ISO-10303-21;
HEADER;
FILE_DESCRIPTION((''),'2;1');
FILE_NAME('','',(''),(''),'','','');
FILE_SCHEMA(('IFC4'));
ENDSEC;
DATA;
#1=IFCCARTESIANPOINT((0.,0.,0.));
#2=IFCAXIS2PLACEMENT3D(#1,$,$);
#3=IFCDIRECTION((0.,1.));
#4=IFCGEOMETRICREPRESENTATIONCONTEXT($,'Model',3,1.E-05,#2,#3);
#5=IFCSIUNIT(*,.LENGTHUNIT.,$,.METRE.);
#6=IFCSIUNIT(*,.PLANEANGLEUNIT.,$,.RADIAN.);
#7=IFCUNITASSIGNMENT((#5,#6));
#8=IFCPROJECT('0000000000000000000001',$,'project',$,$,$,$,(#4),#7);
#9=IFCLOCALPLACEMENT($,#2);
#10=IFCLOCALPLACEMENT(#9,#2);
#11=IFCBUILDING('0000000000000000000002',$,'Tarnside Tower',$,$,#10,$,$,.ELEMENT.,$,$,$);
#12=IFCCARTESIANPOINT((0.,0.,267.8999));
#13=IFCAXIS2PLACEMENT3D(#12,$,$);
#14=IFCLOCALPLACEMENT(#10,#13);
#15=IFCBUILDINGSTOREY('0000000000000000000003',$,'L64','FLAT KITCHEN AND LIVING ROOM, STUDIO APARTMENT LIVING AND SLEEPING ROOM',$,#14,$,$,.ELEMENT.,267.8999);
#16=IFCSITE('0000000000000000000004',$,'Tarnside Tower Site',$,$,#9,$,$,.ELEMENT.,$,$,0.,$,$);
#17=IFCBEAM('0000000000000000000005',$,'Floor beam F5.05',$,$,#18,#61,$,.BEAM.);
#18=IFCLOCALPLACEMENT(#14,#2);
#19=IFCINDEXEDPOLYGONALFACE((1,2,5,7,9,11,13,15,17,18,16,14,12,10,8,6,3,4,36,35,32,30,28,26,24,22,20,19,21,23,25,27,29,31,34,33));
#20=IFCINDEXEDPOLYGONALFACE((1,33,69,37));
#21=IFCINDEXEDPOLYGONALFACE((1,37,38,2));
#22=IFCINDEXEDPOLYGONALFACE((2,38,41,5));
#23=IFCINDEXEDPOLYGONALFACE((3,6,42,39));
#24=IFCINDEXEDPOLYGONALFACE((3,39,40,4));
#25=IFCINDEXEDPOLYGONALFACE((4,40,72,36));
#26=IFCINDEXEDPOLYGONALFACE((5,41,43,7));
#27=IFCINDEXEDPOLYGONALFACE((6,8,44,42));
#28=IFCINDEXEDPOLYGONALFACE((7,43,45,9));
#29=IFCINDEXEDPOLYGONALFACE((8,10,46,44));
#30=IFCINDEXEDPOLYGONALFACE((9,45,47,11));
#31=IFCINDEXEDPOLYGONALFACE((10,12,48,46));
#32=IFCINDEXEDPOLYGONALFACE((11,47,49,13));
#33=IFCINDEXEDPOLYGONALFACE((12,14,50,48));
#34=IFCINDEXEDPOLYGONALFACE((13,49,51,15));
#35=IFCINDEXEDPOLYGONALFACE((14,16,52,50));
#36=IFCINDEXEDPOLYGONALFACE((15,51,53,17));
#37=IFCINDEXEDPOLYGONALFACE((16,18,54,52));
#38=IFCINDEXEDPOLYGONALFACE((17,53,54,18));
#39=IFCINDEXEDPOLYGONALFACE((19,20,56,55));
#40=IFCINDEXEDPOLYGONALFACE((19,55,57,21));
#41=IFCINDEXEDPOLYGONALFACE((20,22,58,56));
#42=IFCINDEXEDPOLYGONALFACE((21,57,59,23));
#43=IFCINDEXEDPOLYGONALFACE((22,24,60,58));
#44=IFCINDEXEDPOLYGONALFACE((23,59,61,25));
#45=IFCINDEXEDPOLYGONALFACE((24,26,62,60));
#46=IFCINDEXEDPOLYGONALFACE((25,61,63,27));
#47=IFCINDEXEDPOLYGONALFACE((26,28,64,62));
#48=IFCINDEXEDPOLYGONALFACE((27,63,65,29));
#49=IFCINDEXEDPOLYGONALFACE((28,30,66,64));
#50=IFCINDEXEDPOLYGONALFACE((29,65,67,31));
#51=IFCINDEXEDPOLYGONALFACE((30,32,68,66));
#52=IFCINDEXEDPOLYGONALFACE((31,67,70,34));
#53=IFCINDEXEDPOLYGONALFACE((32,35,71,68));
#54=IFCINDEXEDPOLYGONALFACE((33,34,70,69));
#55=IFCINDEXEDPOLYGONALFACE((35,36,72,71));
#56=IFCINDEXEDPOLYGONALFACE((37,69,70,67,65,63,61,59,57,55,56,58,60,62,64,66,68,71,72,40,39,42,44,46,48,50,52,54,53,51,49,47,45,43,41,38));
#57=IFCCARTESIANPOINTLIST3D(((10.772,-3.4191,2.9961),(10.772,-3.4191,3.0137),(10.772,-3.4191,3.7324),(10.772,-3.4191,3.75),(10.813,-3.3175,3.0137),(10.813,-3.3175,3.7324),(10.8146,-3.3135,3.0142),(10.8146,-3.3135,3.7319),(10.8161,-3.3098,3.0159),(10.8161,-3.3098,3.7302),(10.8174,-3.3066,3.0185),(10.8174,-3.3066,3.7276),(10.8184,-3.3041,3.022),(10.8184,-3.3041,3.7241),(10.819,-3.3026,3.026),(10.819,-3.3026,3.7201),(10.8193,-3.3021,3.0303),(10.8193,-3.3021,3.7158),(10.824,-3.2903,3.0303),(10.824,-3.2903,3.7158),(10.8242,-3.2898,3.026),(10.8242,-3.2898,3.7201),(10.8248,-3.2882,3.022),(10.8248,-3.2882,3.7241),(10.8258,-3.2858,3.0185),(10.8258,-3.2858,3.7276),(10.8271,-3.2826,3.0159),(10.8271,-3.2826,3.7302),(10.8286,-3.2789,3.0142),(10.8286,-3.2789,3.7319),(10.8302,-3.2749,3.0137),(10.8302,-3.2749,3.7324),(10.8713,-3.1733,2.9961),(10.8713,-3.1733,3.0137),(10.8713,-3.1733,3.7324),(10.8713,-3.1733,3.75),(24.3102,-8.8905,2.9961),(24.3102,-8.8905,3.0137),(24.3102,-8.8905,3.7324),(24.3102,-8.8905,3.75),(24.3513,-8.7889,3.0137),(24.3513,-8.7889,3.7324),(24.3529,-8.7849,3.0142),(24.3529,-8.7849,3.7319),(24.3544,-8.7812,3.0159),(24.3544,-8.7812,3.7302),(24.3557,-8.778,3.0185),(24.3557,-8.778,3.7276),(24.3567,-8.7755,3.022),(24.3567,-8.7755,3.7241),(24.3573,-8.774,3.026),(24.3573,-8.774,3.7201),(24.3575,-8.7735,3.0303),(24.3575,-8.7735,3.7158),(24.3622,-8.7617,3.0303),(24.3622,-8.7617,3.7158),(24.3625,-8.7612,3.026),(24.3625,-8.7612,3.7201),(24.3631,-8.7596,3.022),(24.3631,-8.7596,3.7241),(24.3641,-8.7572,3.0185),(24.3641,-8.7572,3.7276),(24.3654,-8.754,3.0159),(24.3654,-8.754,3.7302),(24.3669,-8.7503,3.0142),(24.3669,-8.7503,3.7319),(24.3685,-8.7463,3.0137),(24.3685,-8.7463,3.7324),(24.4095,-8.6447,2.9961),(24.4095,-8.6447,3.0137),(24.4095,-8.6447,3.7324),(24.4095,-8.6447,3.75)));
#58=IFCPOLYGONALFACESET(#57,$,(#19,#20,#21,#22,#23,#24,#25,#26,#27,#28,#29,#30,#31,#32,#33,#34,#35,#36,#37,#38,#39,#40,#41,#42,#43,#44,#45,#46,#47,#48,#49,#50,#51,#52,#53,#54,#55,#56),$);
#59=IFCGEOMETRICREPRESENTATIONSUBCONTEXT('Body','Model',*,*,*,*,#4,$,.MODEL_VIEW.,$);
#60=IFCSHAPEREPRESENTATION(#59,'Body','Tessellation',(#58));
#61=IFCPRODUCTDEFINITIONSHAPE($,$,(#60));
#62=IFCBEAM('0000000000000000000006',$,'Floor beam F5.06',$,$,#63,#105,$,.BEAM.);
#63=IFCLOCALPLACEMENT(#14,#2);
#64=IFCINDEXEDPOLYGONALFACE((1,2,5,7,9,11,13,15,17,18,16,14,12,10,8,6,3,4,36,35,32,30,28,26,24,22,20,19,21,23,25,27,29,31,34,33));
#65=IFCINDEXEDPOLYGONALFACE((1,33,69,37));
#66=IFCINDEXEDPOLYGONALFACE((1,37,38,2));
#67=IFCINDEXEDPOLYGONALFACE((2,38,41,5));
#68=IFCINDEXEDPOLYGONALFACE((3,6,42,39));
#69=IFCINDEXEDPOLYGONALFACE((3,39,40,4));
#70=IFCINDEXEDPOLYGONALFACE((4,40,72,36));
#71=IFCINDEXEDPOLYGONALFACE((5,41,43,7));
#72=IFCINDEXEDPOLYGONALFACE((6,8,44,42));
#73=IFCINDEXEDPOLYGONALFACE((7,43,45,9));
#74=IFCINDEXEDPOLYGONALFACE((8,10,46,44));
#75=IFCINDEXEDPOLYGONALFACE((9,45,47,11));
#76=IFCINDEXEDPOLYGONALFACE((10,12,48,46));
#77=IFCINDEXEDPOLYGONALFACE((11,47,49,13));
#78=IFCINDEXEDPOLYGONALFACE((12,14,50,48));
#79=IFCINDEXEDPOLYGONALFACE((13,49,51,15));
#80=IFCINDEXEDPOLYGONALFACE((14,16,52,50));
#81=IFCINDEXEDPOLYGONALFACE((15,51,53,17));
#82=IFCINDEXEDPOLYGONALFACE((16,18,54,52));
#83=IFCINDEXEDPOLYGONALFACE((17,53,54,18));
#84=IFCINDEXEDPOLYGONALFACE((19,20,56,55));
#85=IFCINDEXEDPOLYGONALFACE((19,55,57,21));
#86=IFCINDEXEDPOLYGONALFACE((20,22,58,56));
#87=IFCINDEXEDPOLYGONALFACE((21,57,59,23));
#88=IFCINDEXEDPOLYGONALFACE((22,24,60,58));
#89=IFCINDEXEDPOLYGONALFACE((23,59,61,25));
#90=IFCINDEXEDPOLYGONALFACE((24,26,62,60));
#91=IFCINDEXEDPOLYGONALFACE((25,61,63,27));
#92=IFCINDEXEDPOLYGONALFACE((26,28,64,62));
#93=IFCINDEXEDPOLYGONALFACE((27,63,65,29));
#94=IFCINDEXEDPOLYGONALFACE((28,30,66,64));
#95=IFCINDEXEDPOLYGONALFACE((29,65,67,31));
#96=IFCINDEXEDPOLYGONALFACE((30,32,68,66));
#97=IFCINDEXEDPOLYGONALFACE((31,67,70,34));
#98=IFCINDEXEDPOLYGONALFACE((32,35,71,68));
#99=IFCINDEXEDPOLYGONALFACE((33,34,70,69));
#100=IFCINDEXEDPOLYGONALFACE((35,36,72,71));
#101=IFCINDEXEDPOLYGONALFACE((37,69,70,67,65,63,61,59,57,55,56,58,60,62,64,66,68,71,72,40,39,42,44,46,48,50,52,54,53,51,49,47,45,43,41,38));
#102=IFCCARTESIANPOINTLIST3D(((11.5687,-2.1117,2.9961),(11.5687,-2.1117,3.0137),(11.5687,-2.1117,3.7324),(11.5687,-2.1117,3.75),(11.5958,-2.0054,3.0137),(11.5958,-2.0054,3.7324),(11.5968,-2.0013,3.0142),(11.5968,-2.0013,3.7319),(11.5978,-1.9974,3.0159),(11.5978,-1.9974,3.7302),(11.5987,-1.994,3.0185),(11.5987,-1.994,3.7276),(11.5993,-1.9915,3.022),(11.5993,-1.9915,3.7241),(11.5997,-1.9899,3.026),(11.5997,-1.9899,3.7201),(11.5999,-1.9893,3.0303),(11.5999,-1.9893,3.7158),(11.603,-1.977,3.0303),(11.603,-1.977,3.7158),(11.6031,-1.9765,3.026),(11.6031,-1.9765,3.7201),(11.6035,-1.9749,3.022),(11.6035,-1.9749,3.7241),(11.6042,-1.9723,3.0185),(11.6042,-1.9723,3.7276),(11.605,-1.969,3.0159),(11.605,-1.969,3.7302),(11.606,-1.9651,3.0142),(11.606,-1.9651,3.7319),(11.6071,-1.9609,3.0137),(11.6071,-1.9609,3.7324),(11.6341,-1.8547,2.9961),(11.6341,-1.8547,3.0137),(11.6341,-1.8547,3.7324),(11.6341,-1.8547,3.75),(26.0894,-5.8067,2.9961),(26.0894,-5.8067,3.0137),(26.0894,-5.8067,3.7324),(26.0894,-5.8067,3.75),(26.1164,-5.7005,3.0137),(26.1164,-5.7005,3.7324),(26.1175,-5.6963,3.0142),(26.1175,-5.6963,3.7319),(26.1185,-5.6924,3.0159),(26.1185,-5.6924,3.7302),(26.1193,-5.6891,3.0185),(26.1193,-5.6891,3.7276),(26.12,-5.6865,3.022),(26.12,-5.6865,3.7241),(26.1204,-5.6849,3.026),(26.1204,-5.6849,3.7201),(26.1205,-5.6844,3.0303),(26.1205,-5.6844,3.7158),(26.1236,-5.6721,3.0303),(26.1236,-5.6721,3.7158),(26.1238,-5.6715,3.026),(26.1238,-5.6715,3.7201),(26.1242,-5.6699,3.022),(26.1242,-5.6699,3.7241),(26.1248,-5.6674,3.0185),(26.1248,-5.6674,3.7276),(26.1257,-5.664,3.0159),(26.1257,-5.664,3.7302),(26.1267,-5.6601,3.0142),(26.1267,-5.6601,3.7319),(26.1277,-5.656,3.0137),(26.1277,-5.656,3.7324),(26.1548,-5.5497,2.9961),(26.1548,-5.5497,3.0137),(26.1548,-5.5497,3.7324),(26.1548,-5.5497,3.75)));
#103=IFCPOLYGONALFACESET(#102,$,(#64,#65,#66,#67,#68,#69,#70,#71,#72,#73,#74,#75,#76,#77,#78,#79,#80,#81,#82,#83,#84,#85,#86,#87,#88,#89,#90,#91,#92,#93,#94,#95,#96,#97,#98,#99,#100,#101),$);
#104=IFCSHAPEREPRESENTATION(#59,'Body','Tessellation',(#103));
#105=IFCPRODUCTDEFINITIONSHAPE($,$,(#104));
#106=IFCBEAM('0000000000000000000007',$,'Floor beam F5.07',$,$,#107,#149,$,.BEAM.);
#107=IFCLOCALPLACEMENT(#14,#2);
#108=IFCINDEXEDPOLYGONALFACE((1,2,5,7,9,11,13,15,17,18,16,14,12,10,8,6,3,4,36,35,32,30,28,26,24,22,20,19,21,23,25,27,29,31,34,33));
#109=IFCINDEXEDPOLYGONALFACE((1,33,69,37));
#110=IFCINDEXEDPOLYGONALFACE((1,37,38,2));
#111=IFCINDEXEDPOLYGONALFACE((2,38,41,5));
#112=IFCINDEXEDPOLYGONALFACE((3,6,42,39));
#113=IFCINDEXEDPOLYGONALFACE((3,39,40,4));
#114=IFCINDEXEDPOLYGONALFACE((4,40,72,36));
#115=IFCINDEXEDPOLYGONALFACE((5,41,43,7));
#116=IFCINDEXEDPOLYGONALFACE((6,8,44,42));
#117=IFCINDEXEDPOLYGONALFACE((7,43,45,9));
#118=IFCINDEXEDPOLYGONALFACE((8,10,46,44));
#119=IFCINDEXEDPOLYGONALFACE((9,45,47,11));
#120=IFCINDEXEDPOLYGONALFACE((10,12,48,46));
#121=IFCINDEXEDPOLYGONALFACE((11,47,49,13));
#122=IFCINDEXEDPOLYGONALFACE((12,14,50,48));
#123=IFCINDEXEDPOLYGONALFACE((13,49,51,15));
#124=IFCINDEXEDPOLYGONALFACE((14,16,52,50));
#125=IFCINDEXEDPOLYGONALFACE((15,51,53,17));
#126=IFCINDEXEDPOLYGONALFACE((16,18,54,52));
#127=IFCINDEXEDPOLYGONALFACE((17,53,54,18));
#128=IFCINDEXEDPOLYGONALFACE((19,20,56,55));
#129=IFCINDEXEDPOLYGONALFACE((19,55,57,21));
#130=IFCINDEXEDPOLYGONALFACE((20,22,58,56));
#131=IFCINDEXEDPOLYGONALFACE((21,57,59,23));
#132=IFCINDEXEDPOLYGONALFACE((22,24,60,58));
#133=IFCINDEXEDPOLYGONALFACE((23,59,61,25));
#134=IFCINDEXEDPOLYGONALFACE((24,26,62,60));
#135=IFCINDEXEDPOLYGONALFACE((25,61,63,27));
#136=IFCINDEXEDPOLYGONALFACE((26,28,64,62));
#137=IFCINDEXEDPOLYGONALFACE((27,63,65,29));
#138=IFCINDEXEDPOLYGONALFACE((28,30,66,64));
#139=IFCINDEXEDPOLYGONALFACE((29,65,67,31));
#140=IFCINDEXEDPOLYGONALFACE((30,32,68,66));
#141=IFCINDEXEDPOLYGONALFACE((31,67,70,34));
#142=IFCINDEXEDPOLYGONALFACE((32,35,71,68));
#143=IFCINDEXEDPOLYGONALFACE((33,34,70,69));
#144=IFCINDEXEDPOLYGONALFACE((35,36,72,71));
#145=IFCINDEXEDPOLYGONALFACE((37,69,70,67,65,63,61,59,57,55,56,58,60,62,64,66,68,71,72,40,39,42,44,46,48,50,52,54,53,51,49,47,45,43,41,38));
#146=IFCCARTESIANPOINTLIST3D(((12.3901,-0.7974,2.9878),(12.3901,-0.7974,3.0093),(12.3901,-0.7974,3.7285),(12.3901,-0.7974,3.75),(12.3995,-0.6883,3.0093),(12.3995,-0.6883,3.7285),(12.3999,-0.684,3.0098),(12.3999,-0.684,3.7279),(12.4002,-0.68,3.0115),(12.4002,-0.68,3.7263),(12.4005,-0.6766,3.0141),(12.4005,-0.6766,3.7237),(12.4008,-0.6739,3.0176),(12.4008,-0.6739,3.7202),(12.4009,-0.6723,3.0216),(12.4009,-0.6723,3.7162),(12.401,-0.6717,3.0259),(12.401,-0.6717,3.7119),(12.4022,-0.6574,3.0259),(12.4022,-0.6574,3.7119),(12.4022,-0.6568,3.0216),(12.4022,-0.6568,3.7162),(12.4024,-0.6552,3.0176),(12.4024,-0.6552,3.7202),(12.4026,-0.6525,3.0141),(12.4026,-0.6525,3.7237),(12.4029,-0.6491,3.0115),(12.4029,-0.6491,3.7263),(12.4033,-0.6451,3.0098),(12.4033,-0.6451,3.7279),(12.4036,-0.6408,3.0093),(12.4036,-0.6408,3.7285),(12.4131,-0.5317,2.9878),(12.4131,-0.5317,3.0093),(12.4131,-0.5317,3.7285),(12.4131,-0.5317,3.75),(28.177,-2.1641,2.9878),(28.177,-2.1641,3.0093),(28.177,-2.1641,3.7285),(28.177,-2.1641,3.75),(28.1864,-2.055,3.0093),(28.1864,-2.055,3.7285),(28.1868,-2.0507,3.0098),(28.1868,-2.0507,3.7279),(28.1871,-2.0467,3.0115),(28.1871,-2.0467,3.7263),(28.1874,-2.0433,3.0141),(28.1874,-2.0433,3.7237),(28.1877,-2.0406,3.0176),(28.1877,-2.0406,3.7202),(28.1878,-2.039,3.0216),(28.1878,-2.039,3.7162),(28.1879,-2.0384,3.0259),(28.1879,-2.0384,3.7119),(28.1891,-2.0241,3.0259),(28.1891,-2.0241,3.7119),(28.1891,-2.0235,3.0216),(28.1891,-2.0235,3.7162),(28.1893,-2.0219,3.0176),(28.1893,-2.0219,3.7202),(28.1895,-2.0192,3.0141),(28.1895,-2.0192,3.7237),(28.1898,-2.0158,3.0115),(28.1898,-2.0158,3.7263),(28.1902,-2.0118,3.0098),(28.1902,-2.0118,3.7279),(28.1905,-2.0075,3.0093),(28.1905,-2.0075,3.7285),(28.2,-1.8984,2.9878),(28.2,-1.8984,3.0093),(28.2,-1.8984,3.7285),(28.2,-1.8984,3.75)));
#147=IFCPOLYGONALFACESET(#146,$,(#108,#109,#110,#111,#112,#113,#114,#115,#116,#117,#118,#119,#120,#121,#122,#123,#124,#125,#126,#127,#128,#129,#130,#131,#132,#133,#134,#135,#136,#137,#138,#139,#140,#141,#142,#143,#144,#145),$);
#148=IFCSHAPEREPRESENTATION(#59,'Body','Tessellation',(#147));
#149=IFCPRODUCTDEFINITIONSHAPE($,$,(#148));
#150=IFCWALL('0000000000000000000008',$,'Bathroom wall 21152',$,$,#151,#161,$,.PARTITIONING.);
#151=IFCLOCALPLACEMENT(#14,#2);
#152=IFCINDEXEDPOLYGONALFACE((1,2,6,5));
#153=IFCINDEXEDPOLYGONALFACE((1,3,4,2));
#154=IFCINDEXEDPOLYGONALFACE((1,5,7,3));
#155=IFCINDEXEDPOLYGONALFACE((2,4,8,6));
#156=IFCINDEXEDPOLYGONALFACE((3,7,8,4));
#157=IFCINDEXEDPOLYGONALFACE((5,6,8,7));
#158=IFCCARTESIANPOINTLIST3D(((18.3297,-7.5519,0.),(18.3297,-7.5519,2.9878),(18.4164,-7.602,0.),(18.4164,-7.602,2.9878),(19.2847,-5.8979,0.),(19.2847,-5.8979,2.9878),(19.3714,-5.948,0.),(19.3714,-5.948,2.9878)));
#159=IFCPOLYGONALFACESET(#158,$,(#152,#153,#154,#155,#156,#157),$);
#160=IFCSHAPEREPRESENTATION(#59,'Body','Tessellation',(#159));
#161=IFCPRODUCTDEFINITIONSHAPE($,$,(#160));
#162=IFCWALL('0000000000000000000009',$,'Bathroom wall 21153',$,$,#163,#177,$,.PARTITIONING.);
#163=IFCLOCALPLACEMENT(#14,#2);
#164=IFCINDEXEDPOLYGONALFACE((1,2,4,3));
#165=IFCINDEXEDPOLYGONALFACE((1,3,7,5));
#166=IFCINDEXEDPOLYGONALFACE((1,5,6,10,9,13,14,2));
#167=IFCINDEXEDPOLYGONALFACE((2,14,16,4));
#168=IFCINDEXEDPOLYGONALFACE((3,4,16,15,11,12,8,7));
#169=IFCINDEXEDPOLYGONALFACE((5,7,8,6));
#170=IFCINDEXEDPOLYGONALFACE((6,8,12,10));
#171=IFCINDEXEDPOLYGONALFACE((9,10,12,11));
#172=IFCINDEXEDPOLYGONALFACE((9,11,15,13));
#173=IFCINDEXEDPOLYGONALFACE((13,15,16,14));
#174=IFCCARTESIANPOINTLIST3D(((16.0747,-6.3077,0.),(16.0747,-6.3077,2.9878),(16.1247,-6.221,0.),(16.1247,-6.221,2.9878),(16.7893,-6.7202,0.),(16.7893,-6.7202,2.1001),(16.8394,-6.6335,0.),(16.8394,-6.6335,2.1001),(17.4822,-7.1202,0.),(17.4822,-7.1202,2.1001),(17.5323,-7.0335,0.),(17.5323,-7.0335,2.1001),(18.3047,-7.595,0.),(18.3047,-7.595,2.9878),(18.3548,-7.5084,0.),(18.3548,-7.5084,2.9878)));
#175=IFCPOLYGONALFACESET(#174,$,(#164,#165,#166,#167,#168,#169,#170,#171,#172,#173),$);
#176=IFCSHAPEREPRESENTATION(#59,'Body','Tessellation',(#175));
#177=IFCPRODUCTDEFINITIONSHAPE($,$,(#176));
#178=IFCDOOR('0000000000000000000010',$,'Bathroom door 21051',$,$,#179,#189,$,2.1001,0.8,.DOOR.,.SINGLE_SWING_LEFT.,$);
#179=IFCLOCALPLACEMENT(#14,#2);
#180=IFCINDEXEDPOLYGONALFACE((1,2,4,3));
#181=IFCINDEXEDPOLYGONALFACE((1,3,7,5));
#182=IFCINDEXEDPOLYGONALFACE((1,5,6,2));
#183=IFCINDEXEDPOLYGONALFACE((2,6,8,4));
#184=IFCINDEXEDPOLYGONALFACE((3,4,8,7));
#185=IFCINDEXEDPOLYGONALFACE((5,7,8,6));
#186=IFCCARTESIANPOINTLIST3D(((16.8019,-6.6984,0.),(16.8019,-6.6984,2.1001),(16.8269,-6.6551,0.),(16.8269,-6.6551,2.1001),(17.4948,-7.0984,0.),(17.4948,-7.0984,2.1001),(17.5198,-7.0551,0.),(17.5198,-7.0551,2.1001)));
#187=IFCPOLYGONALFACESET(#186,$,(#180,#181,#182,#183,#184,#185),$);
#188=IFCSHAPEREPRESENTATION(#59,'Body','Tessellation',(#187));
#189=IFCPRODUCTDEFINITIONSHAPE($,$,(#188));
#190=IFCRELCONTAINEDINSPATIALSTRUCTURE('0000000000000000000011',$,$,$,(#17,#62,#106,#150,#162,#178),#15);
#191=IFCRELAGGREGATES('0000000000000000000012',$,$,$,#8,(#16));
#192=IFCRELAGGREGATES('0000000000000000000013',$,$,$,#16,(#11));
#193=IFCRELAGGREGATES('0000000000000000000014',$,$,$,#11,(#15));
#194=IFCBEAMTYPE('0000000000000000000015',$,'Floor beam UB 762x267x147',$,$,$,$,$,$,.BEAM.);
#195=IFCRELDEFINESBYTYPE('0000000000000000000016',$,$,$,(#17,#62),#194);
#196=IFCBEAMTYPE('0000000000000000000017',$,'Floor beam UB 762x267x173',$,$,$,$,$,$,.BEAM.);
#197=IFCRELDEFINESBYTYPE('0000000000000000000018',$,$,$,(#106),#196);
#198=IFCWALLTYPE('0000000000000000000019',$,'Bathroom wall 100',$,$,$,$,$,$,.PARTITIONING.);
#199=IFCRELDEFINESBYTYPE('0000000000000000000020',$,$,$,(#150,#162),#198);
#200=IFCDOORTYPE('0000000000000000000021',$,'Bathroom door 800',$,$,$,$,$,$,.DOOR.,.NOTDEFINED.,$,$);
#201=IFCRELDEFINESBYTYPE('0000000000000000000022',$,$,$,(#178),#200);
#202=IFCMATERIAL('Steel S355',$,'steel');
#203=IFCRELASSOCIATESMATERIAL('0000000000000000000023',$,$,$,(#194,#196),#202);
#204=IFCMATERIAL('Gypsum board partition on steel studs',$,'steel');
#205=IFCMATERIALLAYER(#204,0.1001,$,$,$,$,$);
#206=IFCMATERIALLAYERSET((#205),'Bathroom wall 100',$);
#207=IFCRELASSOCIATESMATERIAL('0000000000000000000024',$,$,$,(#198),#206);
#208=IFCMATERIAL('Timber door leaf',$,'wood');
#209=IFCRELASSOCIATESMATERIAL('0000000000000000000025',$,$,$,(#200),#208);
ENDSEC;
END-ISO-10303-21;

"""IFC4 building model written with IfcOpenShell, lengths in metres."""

from ifc_helpers import new_model, si_unit, direction, frame, frame_2d, origin, origin_2d, place, context, subcontext, project, spatial, rectangle, i_section, extrude, material, layer, layer_set, material_profile, profile_set, type_object, element, fill, save


model = new_model("IFC4")

# Units and contexts
model_context = context("Model", 3, precision=1e-05, world=origin(), true_north=direction((0.0, 1.0)))
body_context = subcontext(model_context, "Body", "Model", "MODEL_VIEW")
ifc_project = project(units=[si_unit("LENGTHUNIT", "METRE"), si_unit("PLANEANGLEUNIT", "RADIAN")], contexts=[model_context])

# Site, building, storey
site_placement = place(None, origin())
site = spatial("IfcSite", under=ifc_project, at=site_placement, Name="Tarnside Tower Site", CompositionType="ELEMENT", RefElevation=0.0)
building_placement = place(site_placement, origin())
building = spatial("IfcBuilding", under=site, at=building_placement, Name="Tarnside Tower", CompositionType="ELEMENT")
storey_placement = place(building_placement, frame((0.0, 0.0, 267.8999)))
storey = spatial("IfcBuildingStorey", under=building, at=storey_placement, Name="L64", Description="FLAT KITCHEN AND LIVING ROOM, STUDIO APARTMENT LIVING AND SLEEPING ROOM", CompositionType="ELEMENT", Elevation=267.8999)

# Beams
ifc_material_1 = material(Name="Steel S355", Category="steel")
ifc_material_profile_1 = material_profile(ifc_material_1, i_section(OverallWidth=0.2651, OverallDepth=0.7539, WebThickness=0.0127, FlangeThickness=0.0176, FilletRadius=0.0166, at=origin_2d()), Name="UB 762x267x147")
ifc_profile_set_1 = profile_set([ifc_material_profile_1], Name="Steel S355")
beam_type_1 = type_object("IfcBeamType", Name="Floor beam UB 762x267x147", PredefinedType="BEAM", material=ifc_profile_set_1)
beam_1_placement = place(storey_placement, frame((24.3599, -8.7676, 3.373), z_axis=(-0.927146, 0.374701, 0.0), x_axis=(-0.374701, -0.927146, 0.0)))
element("IfcBeam", 1, at=beam_1_placement, inside=storey, type_object=beam_type_1, Name="Floor beam F5.05", PredefinedType="BEAM", context=body_context, shape_type="SweptSolid", body=[
    extrude(i_section(OverallWidth=0.2651, OverallDepth=0.7539, WebThickness=0.0127, FlangeThickness=0.0176, FilletRadius=0.0166, at=origin_2d()), origin(), (0.0, 0.0, 1.0), 14.6021),
])
beam_2_placement = place(storey_placement, frame((26.1221, -5.6782, 3.373), z_axis=(-0.969115, 0.246609, 0.0), x_axis=(-0.246609, -0.969115, 0.0)))
element("IfcBeam", 2, at=beam_2_placement, inside=storey, type_object=beam_type_1, Name="Floor beam F5.06", PredefinedType="BEAM", context=body_context, shape_type="SweptSolid", body=[
    extrude(i_section(OverallWidth=0.2651, OverallDepth=0.7539, WebThickness=0.0127, FlangeThickness=0.0176, FilletRadius=0.0166, at=origin_2d()), origin(), (0.0, 0.0, 1.0), 14.9834),
])
ifc_material_profile_2 = material_profile(ifc_material_1, i_section(OverallWidth=0.2666, OverallDepth=0.7622, WebThickness=0.0144, FlangeThickness=0.0215, FilletRadius=0.0166, at=origin_2d()), Name="UB 762x267x173")
ifc_profile_set_2 = profile_set([ifc_material_profile_2], Name="Steel S355")
beam_type_2 = type_object("IfcBeamType", Name="Floor beam UB 762x267x173", PredefinedType="BEAM", material=ifc_profile_set_2)
beam_3_placement = place(storey_placement, frame((28.1885, -2.0312, 3.3689), z_axis=(-0.996274, 0.086249, 0.0), x_axis=(-0.086249, -0.996274, 0.0)))
element("IfcBeam", 3, at=beam_3_placement, inside=storey, type_object=beam_type_2, Name="Floor beam F5.07", PredefinedType="BEAM", context=body_context, shape_type="SweptSolid", body=[
    extrude(i_section(OverallWidth=0.2666, OverallDepth=0.7622, WebThickness=0.0144, FlangeThickness=0.0215, FilletRadius=0.0166, at=origin_2d()), origin(), (0.0, 0.0, 1.0), 15.8459),
])

# Wall
ifc_material_2 = material(Name="Gypsum board partition on steel studs", Category="steel")
ifc_layer_1 = layer(ifc_material_2, 0.1001)
ifc_layer_set_1 = layer_set([ifc_layer_1], Name="Bathroom wall 100")
wall_type_1 = type_object("IfcWallType", Name="Bathroom wall 100", PredefinedType="PARTITIONING", material=ifc_layer_set_1)
wall_1_placement = place(storey_placement, frame((19.3281, -5.9229, 0.0), z_axis=(0.0, 0.0, 1.0), x_axis=(-0.500043, -0.866, 0.0)))
element("IfcWall", 4, at=wall_1_placement, inside=storey, type_object=wall_type_1, Name="Bathroom wall 21152", PredefinedType="PARTITIONING", context=body_context, shape_type="SweptSolid", body=[
    extrude(rectangle(XDim=1.9099, YDim=0.1001, at=frame_2d((0.9551, 0.0))), origin(), (0.0, 0.0, 1.0), 2.9878),
])

# Wall, opening, door
wall_2_placement = place(storey_placement, frame((18.3298, -7.5518, 0.0), z_axis=(0.0, 0.0, 1.0), x_axis=(-0.866047, 0.499963, 0.0)))
wall_2 = element("IfcWall", 5, at=wall_2_placement, inside=storey, type_object=wall_type_1, Name="Bathroom wall 21153", PredefinedType="PARTITIONING", context=body_context, shape_type="SweptSolid", body=[
    extrude(rectangle(XDim=2.575, YDim=0.1001, at=frame_2d((1.2876, 0.0))), origin(), (0.0, 0.0, 1.0), 2.9878),
])
opening_1_placement = place(wall_2_placement, frame((0.95, 0.0, 0.0)))
opening_1 = element("IfcOpeningElement", 6, at=opening_1_placement, cuts=wall_2, PredefinedType="OPENING", context=body_context, shape_type="SweptSolid", body=[
    extrude(rectangle(XDim=0.8, YDim=2.1001, at=frame_2d((0.3999, 1.05))), frame((0.0, 0.0601, 0.0), z_axis=(0.0, -1.0, 0.0), x_axis=(1.0, 0.0, 0.0)), (0.0, 0.0, 1.0), 0.1201),
])
ifc_material_3 = material(Name="Timber door leaf", Category="wood")
door_type_1 = type_object("IfcDoorType", Name="Bathroom door 800", OperationType="NOTDEFINED", PredefinedType="DOOR", material=ifc_material_3)
door_1_placement = place(opening_1_placement, origin())
door_1 = element("IfcDoor", 7, at=door_1_placement, inside=storey, type_object=door_type_1, Name="Bathroom door 21051", OperationType="SINGLE_SWING_LEFT", OverallHeight=2.1001, OverallWidth=0.8, PredefinedType="DOOR", context=body_context, shape_type="SweptSolid", body=[
    extrude(rectangle(XDim=0.8, YDim=2.1001, at=frame_2d((0.3999, 1.05))), frame((0.0, 0.0249, 0.0), z_axis=(0.0, -1.0, 0.0), x_axis=(1.0, 0.0, 0.0)), (0.0, 0.0, 1.0), 0.05),
])
fill(opening_1, door_1)

save(model, "model.ifc")
